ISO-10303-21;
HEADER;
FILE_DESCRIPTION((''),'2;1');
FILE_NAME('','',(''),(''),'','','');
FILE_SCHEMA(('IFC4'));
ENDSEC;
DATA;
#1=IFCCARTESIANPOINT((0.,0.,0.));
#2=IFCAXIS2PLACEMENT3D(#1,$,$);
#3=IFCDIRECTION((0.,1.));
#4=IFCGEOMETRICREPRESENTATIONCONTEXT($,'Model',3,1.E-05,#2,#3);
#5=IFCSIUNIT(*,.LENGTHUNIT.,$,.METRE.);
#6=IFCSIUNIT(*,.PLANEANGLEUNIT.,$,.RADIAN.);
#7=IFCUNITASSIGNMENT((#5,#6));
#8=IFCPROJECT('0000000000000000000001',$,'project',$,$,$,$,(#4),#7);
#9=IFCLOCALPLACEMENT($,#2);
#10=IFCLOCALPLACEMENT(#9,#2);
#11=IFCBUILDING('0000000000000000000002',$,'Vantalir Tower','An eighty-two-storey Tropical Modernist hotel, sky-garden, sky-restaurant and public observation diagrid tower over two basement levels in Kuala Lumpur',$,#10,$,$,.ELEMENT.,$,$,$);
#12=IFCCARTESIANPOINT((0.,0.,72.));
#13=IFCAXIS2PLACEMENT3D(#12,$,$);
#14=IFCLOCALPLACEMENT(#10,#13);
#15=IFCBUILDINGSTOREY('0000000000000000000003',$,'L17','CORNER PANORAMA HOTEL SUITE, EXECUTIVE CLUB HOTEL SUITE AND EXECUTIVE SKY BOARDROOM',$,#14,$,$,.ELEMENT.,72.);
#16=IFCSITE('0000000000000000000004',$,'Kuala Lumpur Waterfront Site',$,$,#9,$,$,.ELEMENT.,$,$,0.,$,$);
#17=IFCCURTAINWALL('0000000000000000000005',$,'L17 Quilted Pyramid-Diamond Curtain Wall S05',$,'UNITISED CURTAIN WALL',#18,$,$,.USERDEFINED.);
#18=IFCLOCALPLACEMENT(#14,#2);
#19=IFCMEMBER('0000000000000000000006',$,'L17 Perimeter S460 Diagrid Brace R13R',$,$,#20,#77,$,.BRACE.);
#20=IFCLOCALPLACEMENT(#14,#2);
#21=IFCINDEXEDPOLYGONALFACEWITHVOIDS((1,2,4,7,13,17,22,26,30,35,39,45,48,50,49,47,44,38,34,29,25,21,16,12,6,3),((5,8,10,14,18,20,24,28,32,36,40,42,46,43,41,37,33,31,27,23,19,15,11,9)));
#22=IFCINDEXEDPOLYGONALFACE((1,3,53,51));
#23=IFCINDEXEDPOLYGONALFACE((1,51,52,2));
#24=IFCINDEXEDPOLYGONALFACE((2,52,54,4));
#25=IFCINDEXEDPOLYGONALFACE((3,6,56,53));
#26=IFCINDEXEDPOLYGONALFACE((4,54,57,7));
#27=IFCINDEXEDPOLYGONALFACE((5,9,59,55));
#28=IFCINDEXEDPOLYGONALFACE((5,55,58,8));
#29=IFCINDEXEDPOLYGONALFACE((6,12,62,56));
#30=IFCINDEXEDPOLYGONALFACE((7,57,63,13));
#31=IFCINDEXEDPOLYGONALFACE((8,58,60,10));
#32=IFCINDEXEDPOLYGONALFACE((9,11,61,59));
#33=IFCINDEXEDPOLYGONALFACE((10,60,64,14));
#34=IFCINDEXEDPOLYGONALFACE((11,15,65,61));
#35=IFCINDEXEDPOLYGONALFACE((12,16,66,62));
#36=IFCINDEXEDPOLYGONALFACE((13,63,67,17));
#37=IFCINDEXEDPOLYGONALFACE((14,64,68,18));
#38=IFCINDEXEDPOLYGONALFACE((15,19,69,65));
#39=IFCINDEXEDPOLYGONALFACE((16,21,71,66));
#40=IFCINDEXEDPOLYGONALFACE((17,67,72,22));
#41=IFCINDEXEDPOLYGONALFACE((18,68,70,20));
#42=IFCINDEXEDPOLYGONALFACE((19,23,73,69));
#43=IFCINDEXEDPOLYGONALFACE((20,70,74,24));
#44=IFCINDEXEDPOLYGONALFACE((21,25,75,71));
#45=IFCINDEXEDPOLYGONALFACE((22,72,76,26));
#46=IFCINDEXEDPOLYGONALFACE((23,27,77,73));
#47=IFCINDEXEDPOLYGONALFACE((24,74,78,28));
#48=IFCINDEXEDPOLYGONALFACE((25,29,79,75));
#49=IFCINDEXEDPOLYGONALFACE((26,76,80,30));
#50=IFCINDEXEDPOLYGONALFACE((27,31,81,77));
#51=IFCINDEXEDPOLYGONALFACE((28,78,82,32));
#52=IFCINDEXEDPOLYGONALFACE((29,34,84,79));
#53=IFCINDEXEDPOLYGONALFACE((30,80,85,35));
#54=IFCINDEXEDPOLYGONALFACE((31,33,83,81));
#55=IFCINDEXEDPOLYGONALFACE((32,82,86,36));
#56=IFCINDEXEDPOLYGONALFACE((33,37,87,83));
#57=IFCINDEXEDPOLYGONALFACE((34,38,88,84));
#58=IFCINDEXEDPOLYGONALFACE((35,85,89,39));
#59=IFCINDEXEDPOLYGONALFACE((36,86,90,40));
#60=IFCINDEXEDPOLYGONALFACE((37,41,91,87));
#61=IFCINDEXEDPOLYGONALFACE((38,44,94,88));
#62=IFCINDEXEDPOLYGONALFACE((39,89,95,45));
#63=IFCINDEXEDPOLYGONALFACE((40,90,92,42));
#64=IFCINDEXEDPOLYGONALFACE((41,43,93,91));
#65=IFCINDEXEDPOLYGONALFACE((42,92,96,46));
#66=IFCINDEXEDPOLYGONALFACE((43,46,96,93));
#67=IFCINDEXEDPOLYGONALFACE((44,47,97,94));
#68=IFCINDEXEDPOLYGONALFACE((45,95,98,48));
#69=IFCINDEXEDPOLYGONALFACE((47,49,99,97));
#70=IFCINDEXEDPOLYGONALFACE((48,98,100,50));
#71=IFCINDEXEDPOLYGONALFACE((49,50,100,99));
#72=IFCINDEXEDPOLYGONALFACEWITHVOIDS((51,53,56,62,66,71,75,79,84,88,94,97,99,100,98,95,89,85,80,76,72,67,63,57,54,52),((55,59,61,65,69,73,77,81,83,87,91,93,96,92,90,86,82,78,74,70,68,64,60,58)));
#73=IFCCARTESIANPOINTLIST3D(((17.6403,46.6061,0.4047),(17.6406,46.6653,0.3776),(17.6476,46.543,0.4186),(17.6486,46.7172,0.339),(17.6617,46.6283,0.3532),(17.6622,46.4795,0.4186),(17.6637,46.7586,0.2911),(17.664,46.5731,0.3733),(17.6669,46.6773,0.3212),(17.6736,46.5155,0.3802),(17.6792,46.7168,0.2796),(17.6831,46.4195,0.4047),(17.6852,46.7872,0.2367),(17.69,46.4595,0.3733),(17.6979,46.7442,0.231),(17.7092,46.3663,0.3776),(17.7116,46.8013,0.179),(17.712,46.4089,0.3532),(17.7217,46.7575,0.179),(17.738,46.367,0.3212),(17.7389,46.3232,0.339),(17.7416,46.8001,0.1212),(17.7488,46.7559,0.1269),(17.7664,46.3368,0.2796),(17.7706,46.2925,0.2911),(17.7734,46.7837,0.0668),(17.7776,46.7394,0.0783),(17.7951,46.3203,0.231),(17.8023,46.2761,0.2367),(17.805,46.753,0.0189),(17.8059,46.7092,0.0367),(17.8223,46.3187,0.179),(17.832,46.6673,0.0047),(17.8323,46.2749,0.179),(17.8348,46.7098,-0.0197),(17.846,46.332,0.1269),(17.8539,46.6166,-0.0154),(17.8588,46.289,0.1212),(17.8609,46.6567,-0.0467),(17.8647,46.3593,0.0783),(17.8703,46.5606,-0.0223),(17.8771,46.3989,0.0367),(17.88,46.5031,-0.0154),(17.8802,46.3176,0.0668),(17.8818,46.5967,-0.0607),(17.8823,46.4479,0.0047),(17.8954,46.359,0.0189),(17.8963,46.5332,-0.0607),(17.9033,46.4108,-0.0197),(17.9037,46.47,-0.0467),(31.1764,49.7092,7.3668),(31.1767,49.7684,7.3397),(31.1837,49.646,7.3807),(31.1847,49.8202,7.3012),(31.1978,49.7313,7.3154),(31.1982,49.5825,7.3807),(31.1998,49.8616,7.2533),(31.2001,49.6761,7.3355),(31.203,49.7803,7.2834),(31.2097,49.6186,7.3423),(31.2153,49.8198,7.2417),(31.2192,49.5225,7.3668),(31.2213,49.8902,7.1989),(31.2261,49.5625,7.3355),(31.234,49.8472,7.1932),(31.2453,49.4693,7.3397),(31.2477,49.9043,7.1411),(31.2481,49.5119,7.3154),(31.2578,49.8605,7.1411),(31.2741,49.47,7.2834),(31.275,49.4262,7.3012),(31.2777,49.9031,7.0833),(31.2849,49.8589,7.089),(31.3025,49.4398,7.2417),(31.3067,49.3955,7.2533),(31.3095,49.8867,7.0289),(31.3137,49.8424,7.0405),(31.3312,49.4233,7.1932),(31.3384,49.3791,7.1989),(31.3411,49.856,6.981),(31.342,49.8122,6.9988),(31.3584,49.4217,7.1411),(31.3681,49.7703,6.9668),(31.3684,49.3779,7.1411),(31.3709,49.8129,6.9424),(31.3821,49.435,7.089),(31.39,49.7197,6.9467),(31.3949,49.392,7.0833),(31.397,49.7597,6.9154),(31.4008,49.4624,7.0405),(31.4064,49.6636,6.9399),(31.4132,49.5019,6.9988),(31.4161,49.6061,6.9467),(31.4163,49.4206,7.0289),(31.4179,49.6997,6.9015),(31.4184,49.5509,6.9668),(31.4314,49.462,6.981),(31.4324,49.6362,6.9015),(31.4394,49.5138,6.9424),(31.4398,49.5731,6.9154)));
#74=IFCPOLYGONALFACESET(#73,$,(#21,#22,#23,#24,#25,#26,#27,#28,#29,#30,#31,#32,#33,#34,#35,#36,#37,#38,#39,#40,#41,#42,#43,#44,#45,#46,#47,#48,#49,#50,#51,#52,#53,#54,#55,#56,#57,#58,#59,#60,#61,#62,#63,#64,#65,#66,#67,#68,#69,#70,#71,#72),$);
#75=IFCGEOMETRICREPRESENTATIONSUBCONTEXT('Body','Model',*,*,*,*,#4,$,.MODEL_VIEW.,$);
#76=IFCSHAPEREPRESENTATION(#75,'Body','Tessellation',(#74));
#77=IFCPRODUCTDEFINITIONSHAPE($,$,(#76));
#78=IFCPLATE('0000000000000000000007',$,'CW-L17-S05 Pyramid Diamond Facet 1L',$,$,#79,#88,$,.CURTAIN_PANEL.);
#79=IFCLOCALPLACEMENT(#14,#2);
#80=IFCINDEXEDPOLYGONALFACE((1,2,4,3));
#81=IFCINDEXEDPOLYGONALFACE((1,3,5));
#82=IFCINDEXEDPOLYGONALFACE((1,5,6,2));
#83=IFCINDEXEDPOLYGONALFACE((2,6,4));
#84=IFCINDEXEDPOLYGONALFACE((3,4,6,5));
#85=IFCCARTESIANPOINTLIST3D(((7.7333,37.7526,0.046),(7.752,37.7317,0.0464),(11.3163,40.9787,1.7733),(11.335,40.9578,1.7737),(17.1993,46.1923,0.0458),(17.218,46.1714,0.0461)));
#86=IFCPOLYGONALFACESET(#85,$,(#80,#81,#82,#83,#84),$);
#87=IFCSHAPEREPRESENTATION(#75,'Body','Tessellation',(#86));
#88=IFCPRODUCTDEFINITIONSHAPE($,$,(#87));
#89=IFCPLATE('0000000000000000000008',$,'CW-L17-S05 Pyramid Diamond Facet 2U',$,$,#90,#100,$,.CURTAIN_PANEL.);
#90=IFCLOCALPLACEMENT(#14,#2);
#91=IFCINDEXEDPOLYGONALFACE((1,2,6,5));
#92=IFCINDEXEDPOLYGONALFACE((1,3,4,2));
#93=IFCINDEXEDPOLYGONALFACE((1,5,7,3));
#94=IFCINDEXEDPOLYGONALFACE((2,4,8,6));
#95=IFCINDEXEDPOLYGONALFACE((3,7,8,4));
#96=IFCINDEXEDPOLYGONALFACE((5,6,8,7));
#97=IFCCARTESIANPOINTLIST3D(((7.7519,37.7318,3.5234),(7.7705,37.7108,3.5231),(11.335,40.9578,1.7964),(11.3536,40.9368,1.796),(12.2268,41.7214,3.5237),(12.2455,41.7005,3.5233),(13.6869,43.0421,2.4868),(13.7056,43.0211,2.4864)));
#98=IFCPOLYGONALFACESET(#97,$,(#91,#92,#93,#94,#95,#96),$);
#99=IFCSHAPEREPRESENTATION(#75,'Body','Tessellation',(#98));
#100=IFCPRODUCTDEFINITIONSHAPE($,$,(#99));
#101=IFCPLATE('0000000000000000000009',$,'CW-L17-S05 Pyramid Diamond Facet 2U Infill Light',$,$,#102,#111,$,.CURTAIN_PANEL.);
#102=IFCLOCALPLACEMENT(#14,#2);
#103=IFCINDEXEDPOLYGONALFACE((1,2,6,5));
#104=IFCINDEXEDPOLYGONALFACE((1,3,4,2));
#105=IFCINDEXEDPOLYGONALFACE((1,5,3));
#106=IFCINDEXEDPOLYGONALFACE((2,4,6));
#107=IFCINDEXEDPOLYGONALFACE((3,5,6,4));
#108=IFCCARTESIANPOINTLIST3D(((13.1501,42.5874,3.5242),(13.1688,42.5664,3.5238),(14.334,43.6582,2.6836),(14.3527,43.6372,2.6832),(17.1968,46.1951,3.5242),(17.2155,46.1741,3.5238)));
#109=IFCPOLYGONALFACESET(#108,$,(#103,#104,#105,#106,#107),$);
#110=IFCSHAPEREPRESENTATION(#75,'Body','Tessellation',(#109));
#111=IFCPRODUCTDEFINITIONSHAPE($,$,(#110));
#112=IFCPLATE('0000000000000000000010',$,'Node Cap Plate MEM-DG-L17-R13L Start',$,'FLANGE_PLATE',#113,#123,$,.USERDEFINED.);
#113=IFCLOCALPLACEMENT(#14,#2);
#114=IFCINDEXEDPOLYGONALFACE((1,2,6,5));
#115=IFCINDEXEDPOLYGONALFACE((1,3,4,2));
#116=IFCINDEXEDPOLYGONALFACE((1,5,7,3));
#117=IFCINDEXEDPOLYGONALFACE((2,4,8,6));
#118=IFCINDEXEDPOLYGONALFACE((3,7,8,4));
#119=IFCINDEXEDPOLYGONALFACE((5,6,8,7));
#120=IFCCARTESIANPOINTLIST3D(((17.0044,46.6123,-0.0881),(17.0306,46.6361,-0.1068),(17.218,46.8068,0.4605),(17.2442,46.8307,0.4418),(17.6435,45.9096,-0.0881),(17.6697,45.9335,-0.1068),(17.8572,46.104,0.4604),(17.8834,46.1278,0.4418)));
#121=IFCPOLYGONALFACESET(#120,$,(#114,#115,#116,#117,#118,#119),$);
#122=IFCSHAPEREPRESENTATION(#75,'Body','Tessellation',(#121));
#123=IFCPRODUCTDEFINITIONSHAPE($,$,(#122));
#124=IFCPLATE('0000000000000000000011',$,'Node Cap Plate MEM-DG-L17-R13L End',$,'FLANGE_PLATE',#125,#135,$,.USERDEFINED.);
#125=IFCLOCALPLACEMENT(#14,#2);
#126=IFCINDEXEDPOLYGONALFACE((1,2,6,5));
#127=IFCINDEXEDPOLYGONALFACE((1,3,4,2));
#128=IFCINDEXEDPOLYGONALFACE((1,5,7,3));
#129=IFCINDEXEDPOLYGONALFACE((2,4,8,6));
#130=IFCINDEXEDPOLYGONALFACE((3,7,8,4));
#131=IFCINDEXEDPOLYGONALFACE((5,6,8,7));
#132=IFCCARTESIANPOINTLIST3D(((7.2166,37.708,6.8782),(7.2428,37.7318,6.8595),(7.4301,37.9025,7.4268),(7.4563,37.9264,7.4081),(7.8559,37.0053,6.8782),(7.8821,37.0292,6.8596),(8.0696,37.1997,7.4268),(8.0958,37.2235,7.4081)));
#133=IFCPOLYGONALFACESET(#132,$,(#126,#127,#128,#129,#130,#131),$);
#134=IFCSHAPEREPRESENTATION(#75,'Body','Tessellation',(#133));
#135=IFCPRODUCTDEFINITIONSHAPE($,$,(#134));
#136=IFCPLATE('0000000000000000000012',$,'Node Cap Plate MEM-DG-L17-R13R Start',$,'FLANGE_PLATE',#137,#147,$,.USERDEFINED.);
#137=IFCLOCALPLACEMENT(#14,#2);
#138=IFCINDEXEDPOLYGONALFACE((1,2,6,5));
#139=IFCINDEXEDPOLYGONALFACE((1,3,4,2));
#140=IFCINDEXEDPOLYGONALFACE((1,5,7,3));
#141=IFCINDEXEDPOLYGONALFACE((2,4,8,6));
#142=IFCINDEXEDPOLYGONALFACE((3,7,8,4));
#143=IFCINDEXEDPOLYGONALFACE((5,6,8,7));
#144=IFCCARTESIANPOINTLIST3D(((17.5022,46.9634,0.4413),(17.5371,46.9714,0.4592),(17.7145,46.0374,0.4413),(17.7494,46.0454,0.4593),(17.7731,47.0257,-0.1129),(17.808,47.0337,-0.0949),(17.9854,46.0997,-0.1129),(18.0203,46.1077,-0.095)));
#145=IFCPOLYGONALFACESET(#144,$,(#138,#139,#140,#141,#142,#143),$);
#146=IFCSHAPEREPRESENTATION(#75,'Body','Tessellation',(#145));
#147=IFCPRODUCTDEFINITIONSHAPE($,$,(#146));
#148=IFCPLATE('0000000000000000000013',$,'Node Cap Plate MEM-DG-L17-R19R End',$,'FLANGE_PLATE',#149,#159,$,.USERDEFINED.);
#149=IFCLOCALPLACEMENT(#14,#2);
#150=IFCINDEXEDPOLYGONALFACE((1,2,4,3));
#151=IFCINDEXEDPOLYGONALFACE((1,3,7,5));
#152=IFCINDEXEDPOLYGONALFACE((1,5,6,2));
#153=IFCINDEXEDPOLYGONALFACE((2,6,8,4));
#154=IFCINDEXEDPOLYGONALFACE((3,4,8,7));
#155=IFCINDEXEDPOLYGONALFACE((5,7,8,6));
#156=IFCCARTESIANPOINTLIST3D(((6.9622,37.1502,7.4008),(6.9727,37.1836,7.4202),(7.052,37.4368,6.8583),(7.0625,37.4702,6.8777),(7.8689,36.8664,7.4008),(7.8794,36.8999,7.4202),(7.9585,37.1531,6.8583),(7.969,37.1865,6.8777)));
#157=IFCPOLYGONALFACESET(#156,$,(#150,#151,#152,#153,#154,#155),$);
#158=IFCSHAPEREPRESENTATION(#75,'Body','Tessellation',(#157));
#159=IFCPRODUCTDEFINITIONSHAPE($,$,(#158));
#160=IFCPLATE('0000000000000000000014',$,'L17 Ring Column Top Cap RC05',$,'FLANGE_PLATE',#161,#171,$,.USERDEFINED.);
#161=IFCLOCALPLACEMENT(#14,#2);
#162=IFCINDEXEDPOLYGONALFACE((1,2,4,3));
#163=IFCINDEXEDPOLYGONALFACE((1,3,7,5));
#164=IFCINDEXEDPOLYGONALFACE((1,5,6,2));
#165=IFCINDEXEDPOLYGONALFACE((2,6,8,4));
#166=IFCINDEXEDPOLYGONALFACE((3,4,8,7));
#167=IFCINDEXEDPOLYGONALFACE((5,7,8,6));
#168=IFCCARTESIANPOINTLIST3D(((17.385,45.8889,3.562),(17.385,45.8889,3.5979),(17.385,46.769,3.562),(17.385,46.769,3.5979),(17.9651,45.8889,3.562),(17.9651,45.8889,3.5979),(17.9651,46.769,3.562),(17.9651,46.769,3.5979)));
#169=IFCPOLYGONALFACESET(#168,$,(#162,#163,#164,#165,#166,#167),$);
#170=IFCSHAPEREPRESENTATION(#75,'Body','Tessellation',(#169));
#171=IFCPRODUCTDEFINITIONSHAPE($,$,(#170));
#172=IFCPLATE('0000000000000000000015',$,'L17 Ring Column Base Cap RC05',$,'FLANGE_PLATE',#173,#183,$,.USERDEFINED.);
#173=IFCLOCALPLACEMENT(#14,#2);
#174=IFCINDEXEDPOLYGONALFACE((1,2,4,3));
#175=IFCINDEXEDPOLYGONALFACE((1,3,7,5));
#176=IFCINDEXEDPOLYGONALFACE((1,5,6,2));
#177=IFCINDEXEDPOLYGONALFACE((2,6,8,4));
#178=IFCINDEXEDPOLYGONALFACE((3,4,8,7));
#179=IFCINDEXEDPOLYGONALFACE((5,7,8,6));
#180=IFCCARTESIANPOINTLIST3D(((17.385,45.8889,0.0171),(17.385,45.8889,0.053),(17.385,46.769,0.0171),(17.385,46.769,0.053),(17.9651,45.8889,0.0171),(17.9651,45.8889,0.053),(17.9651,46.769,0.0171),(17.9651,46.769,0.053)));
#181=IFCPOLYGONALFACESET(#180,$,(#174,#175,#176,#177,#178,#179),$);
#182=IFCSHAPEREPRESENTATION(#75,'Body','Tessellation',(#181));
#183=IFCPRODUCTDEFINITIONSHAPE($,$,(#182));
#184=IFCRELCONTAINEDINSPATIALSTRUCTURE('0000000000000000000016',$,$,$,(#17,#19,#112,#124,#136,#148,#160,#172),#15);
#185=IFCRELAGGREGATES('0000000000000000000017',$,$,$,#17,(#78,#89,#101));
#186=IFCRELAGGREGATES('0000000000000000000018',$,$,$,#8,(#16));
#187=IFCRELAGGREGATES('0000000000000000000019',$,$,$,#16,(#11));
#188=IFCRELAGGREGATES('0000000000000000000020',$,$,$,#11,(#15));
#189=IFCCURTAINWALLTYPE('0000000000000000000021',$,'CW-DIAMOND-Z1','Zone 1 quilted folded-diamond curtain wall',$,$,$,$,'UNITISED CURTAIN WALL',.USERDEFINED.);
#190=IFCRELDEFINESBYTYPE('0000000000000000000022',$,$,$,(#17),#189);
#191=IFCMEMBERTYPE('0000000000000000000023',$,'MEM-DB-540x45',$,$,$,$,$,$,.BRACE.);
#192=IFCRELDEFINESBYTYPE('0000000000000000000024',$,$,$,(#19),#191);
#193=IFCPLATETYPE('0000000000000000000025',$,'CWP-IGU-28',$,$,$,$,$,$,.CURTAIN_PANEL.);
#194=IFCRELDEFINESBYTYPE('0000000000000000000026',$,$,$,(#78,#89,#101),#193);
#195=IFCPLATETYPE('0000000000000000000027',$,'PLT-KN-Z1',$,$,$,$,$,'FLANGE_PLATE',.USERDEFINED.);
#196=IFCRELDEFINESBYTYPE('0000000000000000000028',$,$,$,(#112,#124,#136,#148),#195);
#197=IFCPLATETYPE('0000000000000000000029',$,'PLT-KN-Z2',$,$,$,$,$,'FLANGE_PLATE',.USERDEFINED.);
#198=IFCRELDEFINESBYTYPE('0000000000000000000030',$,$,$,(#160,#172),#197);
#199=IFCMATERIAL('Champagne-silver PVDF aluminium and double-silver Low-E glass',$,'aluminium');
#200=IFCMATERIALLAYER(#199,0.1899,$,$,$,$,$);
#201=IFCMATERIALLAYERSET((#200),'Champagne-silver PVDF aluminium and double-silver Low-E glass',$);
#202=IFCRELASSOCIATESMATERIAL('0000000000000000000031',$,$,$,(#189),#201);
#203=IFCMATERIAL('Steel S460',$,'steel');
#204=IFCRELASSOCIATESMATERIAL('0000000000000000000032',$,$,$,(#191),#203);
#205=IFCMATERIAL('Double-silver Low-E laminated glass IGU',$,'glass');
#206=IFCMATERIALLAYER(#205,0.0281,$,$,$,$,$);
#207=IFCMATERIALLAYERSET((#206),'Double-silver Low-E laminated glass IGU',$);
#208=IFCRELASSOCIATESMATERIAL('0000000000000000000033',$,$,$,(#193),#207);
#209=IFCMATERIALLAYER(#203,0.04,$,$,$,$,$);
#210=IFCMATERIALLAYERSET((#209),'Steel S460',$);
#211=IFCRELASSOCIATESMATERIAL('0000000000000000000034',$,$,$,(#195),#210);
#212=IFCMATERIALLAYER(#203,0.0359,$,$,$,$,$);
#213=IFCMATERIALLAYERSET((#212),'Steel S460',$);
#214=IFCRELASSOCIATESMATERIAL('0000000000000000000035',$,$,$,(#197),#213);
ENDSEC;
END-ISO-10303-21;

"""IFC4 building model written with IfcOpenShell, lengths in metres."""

from ifc_helpers import new_model, si_unit, direction, frame, origin, origin_2d, place, context, subcontext, project, spatial, polyline, hollow_circle, outline, extrude, material, layer, layer_set, material_profile, profile_set, type_object, element, aggregate, save


model = new_model("IFC4")

# Units and contexts
model_context = context("Model", 3, precision=1e-05, world=origin(), true_north=direction((0.0, 1.0)))
body_context = subcontext(model_context, "Body", "Model", "MODEL_VIEW")
ifc_project = project(units=[si_unit("LENGTHUNIT", "METRE"), si_unit("PLANEANGLEUNIT", "RADIAN")], contexts=[model_context])

# Site, building, storey
site_placement = place(None, origin())
site = spatial("IfcSite", under=ifc_project, at=site_placement, Name="Kuala Lumpur Waterfront Site", CompositionType="ELEMENT", RefElevation=0.0)
building_placement = place(site_placement, origin())
building = spatial("IfcBuilding", under=site, at=building_placement, Name="Vantalir Tower", Description="An eighty-two-storey Tropical Modernist hotel, sky-garden, sky-restaurant and public observation diagrid tower over two basement levels in Kuala Lumpur", CompositionType="ELEMENT")
storey_placement = place(building_placement, frame((0.0, 0.0, 72.0)))
storey = spatial("IfcBuildingStorey", under=building, at=storey_placement, Name="L17", Description="CORNER PANORAMA HOTEL SUITE, EXECUTIVE CLUB HOTEL SUITE AND EXECUTIVE SKY BOARDROOM", CompositionType="ELEMENT", Elevation=72.0)

# Shared definitions
ifc_material_1 = material(Name="Steel S460", Category="steel")

# Curtain wall
ifc_material_2 = material(Name="Champagne-silver PVDF aluminium and double-silver Low-E glass", Category="aluminium")
ifc_layer_1 = layer(ifc_material_2, 0.1899)
ifc_layer_set_1 = layer_set([ifc_layer_1], Name="Champagne-silver PVDF aluminium and double-silver Low-E glass")
curtain_wall_type = type_object("IfcCurtainWallType", Name="CW-DIAMOND-Z1", Description="Zone 1 quilted folded-diamond curtain wall", ElementType="UNITISED CURTAIN WALL", PredefinedType="USERDEFINED", material=ifc_layer_set_1)
curtain_wall_placement = place(storey_placement, origin())
curtain_wall = element("IfcCurtainWall", 1, at=curtain_wall_placement, inside=storey, type_object=curtain_wall_type, Name="L17 Quilted Pyramid-Diamond Curtain Wall S05", ObjectType="UNITISED CURTAIN WALL", PredefinedType="USERDEFINED")

# Member
ifc_material_profile_1 = material_profile(ifc_material_1, hollow_circle(Radius=0.27, WallThickness=0.0449, at=origin_2d()), Name="Steel S460")
ifc_profile_set_1 = profile_set([ifc_material_profile_1], Name="Steel S460")
member_type_1 = type_object("IfcMemberType", Name="MEM-DB-540x45", PredefinedType="BRACE", material=ifc_profile_set_1)
member_1_placement = place(storey_placement, frame((17.772, 46.5381, 0.179), z_axis=(0.871347, 0.199748, 0.448168), x_axis=(-0.223444, 0.974717, 0.0)))
element("IfcMember", 2, at=member_1_placement, inside=storey, type_object=member_type_1, Name="L17 Perimeter S460 Diagrid Brace R13R", PredefinedType="BRACE", context=body_context, shape_type="SweptSolid", body=[
    extrude(hollow_circle(Radius=0.27, WallThickness=0.0449, at=origin_2d()), origin(), (0.0, 0.0, 1.0), 15.5347),
])

# Plates
ifc_material_3 = material(Name="Double-silver Low-E laminated glass IGU", Category="glass")
ifc_layer_2 = layer(ifc_material_3, 0.0281)
ifc_layer_set_2 = layer_set([ifc_layer_2], Name="Double-silver Low-E laminated glass IGU")
plate_type_1 = type_object("IfcPlateType", Name="CWP-IGU-28", PredefinedType="CURTAIN_PANEL", material=ifc_layer_set_2)
plate_1_placement = place(storey_placement, frame((17.218, 46.1714, 0.0461), z_axis=(0.665421, -0.746344, 0.013635), x_axis=(-0.746413, -0.665483, 0.000019)))
plate_1 = element("IfcPlate", 3, at=plate_1_placement, type_object=plate_type_1, Name="CW-L17-S05 Pyramid Diamond Facet 1L", PredefinedType="CURTAIN_PANEL", context=body_context, shape_type="SweptSolid", body=[
    extrude(outline(polyline([(0.0, 0.0), (12.6821, 0.0), (7.8608, -1.7275), (0.0, 0.0)])), origin(), (0.0, 0.0, -1.0), 0.0281),
])
plate_2_placement = place(storey_placement, frame((12.2268, 41.7214, 3.5237), z_axis=(-0.665413, 0.746352, 0.013592), x_axis=(-0.746421, -0.665474, -0.00004)))
plate_2 = element("IfcPlate", 4, at=plate_2_placement, type_object=plate_type_1, Name="CW-L17-S05 Pyramid Diamond Facet 2U", PredefinedType="CURTAIN_PANEL", context=body_context, shape_type="SweptSolid", body=[
    extrude(outline(polyline([(0.0, 0.0), (5.9952, 0.0), (1.174, -1.7274), (-1.9687, -1.037), (0.0, 0.0)])), origin(), (0.0, 0.0, -1.0), 0.0281),
])
plate_3_placement = place(storey_placement, frame((17.1968, 46.1951, 3.5242), z_axis=(-0.6654, 0.746362, 0.013658), x_axis=(-0.746432, -0.665462, 0.0)))
plate_3 = element("IfcPlate", 5, at=plate_3_placement, type_object=plate_type_1, Name="CW-L17-S05 Pyramid Diamond Facet 2U Infill Light", PredefinedType="CURTAIN_PANEL", context=body_context, shape_type="SweptSolid", body=[
    extrude(outline(polyline([(0.0, 0.0), (5.4213, 0.0), (3.8251, -0.8407), (0.0, 0.0)])), origin(), (0.0, 0.0, -1.0), 0.0281),
])
aggregate(curtain_wall, [plate_1, plate_2, plate_3])

# Plates
ifc_layer_3 = layer(ifc_material_1, 0.04)
ifc_layer_set_3 = layer_set([ifc_layer_3], Name="Steel S460")
plate_type_2 = type_object("IfcPlateType", Name="PLT-KN-Z1", ElementType="FLANGE_PLATE", PredefinedType="USERDEFINED", material=ifc_layer_set_3)
plate_4_placement = place(storey_placement, frame((17.0044, 46.6123, -0.0881), z_axis=(-0.654581, -0.595342, 0.465931), x_axis=(0.672853, -0.739776, 0.000036)))
element("IfcPlate", 6, at=plate_4_placement, inside=storey, type_object=plate_type_2, Name="Node Cap Plate MEM-DG-L17-R13L Start", ObjectType="FLANGE_PLATE", PredefinedType="USERDEFINED", context=body_context, shape_type="SweptSolid", body=[
    extrude(outline(polyline([(0.0, 0.0), (0.9499, 0.0), (0.9498, 0.62), (-0.0002, 0.62), (0.0, 0.0)])), origin(), (0.0, 0.0, -1.0), 0.04),
])
plate_5_placement = place(storey_placement, frame((7.2166, 37.708, 6.8782), z_axis=(-0.654467, -0.595466, 0.465931), x_axis=(0.672994, -0.739648, 0.000036)))
element("IfcPlate", 7, at=plate_5_placement, inside=storey, type_object=plate_type_2, Name="Node Cap Plate MEM-DG-L17-R13L End", ObjectType="FLANGE_PLATE", PredefinedType="USERDEFINED", context=body_context, shape_type="SweptSolid", body=[
    extrude(outline(polyline([(0.0, 0.0), (0.95, 0.0), (0.9501, 0.62), (-0.0001, 0.62), (0.0, 0.0)])), origin(), (0.0, 0.0, -1.0), 0.04),
])
plate_6_placement = place(storey_placement, frame((18.0203, 46.1077, -0.095), z_axis=(0.871287, 0.199732, 0.448293), x_axis=(-0.223467, 0.974712, 0.00005)))
element("IfcPlate", 8, at=plate_6_placement, inside=storey, type_object=plate_type_2, Name="Node Cap Plate MEM-DG-L17-R13R Start", ObjectType="FLANGE_PLATE", PredefinedType="USERDEFINED", context=body_context, shape_type="SweptSolid", body=[
    extrude(outline(polyline([(0.0, 0.0), (0.9501, 0.0), (0.9499, 0.6199), (-0.0001, 0.62), (0.0, 0.0)])), origin(), (0.0, 0.0, -1.0), 0.04),
])
plate_7_placement = place(storey_placement, frame((7.969, 37.1865, 6.8777), z_axis=(0.261265, 0.834948, 0.484358), x_axis=(-0.954365, 0.298642, -0.000016)))
element("IfcPlate", 9, at=plate_7_placement, inside=storey, type_object=plate_type_2, Name="Node Cap Plate MEM-DG-L17-R19R End", ObjectType="FLANGE_PLATE", PredefinedType="USERDEFINED", context=body_context, shape_type="SweptSolid", body=[
    extrude(outline(polyline([(0.0, 0.0), (0.9498, 0.0), (0.95, 0.6201), (-0.0001, 0.6201), (0.0, 0.0)])), origin(), (0.0, 0.0, -1.0), 0.04),
])
ifc_layer_4 = layer(ifc_material_1, 0.0359)
ifc_layer_set_4 = layer_set([ifc_layer_4], Name="Steel S460")
plate_type_3 = type_object("IfcPlateType", Name="PLT-KN-Z2", ElementType="FLANGE_PLATE", PredefinedType="USERDEFINED", material=ifc_layer_set_4)
for number, where, z_axis, x_axis, name in (
    (10, (17.385, 46.769, 3.5979), (0.0, 0.0, 1.0), (0.0, -1.0, 0.0), "L17 Ring Column Top Cap RC05"),
    (11, (17.385, 46.769, 0.053), (0.0, 0.0, 1.0), (0.0, -1.0, 0.0), "L17 Ring Column Base Cap RC05"),
):
    element("IfcPlate", number, at=place(storey_placement, frame(where, z_axis=z_axis, x_axis=x_axis)), inside=storey, type_object=plate_type_3, Name=name, ObjectType="FLANGE_PLATE", PredefinedType="USERDEFINED", context=body_context, shape_type="SweptSolid", body=[
        extrude(outline(polyline([(0.0, 0.0), (0.8801, 0.0), (0.8801, 0.5801), (0.0, 0.5801), (0.0, 0.0)])), origin(), (0.0, 0.0, -1.0), 0.0359),
    ])

save(model, "model.ifc")
